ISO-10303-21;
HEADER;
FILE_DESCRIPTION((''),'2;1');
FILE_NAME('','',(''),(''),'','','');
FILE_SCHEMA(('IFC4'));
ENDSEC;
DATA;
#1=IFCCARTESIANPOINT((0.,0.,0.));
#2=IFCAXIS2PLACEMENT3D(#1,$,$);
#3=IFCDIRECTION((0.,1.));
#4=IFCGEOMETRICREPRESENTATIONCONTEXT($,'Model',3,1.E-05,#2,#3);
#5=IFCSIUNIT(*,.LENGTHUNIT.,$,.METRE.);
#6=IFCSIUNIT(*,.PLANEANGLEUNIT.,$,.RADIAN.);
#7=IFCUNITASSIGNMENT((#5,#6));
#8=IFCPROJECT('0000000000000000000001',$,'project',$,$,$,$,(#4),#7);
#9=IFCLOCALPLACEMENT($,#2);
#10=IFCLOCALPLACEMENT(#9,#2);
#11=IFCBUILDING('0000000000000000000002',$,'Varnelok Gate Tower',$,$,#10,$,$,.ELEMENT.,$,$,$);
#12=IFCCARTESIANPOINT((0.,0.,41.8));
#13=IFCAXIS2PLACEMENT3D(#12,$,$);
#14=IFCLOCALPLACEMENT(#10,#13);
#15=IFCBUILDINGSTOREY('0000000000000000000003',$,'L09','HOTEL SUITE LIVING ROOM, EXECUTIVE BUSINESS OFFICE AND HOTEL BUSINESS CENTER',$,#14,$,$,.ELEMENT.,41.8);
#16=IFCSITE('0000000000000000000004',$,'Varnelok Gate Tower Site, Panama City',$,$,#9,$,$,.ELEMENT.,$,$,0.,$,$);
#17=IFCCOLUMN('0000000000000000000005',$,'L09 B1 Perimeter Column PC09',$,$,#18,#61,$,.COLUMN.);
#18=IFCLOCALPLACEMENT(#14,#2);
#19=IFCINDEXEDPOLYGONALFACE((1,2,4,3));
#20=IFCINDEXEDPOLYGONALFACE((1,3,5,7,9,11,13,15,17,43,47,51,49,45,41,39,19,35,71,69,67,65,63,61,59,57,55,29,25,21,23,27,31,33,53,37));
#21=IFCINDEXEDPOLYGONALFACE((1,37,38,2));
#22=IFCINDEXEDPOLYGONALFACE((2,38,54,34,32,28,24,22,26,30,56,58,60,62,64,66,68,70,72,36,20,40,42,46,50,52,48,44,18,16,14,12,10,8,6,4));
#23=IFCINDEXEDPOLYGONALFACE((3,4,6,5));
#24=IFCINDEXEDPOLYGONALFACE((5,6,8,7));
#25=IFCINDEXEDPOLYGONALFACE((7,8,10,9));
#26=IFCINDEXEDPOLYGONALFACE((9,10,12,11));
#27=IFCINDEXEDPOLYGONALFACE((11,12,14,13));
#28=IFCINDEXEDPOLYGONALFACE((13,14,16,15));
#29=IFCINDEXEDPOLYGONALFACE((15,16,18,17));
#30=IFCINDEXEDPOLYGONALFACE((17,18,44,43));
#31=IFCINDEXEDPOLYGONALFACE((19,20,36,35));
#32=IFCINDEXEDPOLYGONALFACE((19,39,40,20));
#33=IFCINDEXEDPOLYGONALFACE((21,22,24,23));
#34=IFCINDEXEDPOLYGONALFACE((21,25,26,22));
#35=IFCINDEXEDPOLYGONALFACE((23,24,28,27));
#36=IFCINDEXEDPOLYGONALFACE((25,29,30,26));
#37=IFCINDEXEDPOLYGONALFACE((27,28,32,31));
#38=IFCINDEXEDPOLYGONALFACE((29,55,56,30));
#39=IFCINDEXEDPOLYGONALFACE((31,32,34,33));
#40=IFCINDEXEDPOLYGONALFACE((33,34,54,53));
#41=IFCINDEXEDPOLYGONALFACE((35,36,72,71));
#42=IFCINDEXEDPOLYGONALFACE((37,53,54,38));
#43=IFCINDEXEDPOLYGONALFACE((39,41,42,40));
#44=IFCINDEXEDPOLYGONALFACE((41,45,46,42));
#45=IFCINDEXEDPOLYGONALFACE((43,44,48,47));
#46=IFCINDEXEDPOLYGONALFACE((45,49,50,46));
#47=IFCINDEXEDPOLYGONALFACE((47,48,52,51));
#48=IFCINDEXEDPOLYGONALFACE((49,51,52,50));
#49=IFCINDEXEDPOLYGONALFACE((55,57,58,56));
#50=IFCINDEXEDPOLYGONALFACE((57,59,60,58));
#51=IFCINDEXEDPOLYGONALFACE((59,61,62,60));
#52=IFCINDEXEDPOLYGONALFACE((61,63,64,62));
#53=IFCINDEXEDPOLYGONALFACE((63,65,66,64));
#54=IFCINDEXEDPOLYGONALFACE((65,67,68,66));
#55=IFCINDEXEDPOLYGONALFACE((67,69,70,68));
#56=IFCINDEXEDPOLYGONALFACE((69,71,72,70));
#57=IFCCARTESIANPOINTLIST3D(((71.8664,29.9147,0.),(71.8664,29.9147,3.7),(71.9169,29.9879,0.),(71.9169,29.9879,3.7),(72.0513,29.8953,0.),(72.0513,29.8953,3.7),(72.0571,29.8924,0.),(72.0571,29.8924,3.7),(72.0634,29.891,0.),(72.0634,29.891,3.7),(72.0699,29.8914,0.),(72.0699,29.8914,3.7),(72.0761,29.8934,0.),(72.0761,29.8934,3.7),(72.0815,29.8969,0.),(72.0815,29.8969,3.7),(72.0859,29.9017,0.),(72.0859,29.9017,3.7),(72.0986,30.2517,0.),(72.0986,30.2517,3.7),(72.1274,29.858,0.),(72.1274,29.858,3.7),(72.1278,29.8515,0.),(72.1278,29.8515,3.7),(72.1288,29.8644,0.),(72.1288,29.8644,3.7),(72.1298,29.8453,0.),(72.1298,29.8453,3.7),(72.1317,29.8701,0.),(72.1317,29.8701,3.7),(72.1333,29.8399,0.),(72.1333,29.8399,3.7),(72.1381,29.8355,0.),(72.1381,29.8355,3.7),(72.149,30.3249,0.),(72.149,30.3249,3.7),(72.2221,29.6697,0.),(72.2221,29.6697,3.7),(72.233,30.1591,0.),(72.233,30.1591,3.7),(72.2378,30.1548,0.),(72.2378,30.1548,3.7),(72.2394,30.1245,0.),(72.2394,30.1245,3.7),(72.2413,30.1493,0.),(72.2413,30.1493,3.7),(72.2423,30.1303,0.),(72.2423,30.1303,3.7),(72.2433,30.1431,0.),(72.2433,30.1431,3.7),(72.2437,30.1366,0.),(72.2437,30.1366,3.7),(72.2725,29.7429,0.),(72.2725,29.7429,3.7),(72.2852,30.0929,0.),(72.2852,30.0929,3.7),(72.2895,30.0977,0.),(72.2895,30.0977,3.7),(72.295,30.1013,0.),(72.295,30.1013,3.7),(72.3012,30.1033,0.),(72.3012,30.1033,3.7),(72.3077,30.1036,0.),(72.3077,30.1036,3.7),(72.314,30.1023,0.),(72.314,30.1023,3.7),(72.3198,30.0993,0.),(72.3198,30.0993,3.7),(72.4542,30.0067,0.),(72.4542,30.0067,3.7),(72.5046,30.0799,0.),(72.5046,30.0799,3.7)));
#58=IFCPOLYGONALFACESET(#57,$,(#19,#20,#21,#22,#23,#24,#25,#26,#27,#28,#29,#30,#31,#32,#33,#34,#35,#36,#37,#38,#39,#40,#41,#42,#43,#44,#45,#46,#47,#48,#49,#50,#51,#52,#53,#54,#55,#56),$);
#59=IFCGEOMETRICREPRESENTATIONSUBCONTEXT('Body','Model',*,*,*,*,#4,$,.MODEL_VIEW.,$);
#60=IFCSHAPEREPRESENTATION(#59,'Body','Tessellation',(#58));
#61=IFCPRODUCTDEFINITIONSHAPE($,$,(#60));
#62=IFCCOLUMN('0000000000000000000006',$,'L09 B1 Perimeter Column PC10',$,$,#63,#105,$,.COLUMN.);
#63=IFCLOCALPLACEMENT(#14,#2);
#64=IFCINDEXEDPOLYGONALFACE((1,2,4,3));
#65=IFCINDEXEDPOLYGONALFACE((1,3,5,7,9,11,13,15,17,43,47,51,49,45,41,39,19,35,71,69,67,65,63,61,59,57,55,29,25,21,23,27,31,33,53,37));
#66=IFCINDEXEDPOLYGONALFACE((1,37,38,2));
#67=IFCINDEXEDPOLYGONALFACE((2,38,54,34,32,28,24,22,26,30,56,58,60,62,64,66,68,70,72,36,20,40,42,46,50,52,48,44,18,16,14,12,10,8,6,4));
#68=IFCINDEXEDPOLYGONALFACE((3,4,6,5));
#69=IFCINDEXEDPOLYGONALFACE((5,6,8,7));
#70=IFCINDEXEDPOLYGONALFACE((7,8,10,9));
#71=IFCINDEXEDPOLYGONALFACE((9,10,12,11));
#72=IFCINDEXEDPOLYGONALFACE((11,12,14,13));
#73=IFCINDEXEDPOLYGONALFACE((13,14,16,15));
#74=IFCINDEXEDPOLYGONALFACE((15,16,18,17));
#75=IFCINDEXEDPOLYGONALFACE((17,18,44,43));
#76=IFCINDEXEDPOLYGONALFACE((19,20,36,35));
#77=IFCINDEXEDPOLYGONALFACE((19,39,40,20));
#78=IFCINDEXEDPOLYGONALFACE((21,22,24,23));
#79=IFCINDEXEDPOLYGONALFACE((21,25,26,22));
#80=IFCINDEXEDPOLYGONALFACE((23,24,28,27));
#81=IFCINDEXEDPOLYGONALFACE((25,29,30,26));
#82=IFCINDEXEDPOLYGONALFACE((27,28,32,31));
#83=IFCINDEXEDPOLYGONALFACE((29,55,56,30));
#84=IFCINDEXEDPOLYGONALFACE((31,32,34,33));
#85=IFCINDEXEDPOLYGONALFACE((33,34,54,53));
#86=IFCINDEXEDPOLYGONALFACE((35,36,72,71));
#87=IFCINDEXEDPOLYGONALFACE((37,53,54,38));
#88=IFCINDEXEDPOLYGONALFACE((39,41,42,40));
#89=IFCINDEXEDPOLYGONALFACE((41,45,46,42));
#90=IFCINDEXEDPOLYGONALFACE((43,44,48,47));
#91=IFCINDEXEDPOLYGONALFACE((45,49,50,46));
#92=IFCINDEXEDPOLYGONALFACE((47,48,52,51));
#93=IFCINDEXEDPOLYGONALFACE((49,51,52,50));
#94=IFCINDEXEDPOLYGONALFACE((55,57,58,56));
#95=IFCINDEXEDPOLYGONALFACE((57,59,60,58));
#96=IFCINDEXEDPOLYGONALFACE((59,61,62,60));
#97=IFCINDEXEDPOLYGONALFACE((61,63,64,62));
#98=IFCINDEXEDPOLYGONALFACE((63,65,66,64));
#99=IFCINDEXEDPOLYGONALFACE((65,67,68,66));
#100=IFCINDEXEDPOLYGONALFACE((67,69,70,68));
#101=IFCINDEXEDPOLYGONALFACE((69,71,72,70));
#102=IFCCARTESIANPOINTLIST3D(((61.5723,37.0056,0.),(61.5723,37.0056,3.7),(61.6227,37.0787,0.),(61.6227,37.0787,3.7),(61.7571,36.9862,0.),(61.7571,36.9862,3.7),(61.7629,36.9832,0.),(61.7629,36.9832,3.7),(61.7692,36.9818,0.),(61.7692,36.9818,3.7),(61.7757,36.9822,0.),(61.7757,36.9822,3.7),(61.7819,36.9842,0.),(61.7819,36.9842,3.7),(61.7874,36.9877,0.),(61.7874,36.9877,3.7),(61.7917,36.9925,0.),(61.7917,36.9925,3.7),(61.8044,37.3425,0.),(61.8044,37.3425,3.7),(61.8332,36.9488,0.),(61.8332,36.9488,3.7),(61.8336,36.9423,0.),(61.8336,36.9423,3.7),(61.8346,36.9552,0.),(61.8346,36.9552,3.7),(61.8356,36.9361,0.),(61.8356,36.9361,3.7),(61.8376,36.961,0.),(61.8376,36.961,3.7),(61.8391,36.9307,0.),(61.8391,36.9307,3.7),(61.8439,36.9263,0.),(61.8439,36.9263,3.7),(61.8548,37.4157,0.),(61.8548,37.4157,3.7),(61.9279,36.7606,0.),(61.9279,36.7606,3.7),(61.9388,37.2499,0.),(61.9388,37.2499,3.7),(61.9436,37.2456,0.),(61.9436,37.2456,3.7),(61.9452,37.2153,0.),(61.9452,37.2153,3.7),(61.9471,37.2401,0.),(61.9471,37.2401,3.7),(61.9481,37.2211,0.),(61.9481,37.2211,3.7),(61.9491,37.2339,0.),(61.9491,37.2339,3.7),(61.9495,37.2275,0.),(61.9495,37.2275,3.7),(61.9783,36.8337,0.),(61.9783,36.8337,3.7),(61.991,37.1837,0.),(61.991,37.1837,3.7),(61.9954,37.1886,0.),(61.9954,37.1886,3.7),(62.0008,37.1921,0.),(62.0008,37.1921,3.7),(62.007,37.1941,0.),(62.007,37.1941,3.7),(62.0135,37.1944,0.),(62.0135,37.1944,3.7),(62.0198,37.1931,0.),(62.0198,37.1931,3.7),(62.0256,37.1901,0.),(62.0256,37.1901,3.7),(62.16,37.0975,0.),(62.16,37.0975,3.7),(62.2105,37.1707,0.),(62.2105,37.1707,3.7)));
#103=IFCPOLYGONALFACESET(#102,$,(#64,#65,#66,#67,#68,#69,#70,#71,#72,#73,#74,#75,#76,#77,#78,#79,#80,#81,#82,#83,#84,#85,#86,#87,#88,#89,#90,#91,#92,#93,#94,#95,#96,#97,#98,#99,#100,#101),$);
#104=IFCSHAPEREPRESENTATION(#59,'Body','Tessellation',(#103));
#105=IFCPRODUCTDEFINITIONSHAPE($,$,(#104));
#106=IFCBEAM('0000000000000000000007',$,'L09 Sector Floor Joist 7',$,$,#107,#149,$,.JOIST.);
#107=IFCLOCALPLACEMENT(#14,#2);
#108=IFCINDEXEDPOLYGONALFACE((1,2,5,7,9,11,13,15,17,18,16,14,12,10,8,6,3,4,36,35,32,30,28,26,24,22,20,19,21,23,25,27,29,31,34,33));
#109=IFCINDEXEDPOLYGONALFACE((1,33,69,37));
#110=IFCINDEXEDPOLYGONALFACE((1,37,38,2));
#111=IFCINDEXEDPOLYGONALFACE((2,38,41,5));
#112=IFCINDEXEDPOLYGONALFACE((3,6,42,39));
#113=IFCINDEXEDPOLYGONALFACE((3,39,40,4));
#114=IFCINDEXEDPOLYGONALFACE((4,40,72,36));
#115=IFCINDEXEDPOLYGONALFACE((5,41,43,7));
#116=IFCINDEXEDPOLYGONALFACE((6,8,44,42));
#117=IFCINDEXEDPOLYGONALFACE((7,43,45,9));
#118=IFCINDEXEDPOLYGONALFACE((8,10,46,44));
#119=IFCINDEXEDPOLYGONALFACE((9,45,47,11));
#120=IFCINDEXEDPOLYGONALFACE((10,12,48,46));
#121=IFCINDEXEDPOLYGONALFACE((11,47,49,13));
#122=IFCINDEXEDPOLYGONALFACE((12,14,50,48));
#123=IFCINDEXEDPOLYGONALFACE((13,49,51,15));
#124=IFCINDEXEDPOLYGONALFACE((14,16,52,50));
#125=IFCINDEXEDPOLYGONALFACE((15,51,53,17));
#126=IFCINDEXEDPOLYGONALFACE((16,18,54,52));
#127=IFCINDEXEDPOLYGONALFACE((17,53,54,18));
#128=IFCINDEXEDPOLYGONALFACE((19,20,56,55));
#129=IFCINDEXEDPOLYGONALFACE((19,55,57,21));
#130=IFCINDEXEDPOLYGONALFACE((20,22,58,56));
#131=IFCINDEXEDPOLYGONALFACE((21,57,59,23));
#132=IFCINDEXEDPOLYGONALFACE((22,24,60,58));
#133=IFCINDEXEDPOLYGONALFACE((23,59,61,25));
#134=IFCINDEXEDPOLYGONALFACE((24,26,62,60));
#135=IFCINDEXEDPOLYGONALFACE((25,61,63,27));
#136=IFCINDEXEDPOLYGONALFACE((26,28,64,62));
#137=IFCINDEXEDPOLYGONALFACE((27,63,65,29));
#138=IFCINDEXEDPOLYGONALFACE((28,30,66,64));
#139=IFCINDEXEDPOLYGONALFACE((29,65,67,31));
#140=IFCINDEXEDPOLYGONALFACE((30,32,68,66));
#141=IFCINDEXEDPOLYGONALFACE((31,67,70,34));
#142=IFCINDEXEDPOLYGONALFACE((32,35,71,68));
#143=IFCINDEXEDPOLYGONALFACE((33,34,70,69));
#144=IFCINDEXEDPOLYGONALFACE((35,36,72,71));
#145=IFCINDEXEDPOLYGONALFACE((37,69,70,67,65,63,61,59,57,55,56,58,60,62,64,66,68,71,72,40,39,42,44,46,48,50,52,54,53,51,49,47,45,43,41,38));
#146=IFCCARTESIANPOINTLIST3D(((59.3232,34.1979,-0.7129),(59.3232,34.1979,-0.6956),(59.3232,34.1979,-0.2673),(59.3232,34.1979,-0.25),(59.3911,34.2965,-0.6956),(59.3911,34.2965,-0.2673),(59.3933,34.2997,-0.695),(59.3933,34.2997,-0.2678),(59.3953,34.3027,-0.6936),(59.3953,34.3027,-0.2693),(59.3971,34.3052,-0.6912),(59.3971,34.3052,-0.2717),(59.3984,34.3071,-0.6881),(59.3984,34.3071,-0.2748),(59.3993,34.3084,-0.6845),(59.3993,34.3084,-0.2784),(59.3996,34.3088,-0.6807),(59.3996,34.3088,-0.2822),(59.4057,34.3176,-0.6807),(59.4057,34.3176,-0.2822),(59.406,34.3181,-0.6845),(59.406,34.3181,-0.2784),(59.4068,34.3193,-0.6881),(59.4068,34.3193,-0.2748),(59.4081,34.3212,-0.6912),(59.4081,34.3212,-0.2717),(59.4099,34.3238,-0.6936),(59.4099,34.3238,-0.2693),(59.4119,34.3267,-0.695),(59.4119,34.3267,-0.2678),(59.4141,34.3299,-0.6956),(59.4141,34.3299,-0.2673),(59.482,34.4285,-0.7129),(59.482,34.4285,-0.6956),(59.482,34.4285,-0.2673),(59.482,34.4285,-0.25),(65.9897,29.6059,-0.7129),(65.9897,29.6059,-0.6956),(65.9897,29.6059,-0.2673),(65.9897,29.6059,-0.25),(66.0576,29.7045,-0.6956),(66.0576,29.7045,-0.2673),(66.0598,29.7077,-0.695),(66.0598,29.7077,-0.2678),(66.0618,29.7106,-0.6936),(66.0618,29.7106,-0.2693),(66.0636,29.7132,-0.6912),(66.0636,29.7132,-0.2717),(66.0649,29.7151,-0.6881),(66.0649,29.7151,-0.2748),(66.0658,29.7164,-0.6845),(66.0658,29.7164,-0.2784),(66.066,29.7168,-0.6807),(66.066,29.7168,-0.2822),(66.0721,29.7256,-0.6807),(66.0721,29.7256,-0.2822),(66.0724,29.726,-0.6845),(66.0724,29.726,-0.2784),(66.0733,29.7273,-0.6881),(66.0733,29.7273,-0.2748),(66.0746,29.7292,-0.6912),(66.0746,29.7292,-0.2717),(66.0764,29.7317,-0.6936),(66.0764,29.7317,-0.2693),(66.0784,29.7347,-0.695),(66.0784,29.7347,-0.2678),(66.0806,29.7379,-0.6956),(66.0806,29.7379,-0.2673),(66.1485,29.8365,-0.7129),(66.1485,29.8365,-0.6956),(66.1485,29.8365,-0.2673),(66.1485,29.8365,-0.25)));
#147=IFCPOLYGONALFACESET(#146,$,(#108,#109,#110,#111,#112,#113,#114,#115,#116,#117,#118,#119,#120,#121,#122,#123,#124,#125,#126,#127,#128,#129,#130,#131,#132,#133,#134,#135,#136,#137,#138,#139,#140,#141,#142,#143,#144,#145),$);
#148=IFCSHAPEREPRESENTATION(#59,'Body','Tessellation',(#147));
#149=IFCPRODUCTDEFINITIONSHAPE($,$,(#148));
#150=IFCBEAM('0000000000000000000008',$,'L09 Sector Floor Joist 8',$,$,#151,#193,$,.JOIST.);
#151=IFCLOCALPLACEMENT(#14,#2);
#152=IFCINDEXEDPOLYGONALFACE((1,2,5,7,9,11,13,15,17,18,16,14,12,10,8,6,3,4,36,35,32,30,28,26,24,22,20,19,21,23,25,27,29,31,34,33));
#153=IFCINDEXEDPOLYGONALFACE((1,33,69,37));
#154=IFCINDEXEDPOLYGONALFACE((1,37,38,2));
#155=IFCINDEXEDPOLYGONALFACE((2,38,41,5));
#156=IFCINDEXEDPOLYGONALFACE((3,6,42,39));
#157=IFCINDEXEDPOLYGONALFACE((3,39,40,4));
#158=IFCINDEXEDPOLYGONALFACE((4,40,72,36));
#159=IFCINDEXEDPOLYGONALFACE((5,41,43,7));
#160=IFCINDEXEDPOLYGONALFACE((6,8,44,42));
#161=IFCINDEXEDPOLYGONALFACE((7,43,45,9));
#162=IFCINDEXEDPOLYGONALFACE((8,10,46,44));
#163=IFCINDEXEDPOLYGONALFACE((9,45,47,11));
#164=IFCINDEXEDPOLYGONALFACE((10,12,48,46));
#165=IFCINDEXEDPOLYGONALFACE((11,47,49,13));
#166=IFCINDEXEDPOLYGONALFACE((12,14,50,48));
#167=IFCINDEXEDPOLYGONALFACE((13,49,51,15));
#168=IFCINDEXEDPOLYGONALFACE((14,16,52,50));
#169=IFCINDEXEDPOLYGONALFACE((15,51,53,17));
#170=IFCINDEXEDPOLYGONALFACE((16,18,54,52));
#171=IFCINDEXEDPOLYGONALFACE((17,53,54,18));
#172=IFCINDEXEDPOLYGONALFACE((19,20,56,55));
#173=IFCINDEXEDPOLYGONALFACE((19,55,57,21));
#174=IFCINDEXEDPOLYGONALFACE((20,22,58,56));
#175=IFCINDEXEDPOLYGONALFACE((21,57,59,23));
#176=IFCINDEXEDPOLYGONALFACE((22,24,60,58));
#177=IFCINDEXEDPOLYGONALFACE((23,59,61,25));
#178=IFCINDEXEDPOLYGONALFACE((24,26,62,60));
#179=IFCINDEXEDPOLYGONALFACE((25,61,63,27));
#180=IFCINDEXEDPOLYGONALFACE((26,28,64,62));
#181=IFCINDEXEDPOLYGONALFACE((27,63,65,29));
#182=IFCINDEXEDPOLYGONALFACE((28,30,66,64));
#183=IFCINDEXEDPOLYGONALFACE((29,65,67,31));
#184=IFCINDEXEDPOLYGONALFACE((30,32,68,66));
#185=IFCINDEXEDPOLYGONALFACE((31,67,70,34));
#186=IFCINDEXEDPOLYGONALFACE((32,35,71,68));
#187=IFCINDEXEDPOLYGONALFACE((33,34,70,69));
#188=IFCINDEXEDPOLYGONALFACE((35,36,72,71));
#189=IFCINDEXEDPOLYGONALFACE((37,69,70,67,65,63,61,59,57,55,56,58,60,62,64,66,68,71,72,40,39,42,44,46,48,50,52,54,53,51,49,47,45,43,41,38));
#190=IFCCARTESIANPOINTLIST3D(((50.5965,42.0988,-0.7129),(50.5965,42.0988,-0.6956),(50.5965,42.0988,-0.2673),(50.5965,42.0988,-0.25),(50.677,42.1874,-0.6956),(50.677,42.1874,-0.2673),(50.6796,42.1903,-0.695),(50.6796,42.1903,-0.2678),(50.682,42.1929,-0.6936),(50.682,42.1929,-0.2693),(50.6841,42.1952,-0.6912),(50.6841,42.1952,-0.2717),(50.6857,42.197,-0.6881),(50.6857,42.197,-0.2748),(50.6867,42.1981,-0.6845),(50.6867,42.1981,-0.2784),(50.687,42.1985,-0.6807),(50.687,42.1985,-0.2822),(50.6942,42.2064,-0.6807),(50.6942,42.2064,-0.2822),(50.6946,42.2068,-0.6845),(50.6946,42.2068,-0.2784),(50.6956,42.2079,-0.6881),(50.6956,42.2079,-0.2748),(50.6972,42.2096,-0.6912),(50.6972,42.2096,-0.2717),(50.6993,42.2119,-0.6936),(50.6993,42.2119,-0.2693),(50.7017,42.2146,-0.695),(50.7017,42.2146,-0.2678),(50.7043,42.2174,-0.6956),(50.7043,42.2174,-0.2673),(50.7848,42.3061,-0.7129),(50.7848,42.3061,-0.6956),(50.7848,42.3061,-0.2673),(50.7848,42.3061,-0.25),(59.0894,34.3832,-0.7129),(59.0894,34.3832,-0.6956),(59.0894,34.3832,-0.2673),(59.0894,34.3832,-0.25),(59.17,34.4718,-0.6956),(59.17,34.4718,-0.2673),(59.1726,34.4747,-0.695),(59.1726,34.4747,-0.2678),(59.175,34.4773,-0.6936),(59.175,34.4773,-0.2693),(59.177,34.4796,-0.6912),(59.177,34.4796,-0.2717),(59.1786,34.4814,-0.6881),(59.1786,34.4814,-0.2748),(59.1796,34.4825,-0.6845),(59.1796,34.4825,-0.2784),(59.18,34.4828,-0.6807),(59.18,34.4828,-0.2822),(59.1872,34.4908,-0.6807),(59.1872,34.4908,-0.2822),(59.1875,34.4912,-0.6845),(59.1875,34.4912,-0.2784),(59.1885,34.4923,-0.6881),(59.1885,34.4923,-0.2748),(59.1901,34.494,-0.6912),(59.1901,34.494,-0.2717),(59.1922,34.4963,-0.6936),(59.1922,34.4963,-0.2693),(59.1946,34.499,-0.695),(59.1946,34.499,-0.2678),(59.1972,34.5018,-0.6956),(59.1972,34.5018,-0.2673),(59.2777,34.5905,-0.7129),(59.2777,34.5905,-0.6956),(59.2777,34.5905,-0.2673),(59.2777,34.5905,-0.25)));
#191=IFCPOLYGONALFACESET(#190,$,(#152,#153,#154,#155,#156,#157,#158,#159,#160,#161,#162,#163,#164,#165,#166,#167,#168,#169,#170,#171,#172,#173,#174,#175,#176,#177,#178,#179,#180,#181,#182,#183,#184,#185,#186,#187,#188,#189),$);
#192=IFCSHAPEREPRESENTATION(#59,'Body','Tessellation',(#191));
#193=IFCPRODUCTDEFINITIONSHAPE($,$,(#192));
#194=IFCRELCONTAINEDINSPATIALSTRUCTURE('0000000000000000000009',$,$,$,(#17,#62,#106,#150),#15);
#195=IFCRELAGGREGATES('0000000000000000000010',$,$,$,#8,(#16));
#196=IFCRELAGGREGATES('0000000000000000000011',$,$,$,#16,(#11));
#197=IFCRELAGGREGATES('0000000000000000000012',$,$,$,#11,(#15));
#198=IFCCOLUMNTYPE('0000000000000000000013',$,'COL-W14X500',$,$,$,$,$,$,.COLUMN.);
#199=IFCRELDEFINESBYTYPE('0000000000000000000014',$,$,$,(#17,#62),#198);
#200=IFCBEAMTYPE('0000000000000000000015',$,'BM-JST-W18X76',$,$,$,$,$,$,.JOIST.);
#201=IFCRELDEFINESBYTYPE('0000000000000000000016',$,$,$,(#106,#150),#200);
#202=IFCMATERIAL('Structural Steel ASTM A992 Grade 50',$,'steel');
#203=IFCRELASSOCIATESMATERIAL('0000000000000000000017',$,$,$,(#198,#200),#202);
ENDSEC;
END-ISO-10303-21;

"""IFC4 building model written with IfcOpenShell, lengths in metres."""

from ifc_helpers import new_model, si_unit, direction, frame, origin, origin_2d, place, context, subcontext, project, spatial, i_section, extrude, material, material_profile, profile_set, type_object, element, save


model = new_model("IFC4")

# Units and contexts
model_context = context("Model", 3, precision=1e-05, world=origin(), true_north=direction((0.0, 1.0)))
body_context = subcontext(model_context, "Body", "Model", "MODEL_VIEW")
ifc_project = project(units=[si_unit("LENGTHUNIT", "METRE"), si_unit("PLANEANGLEUNIT", "RADIAN")], contexts=[model_context])

# Site, building, storey
site_placement = place(None, origin())
site = spatial("IfcSite", under=ifc_project, at=site_placement, Name="Varnelok Gate Tower Site, Panama City", CompositionType="ELEMENT", RefElevation=0.0)
building_placement = place(site_placement, origin())
building = spatial("IfcBuilding", under=site, at=building_placement, Name="Varnelok Gate Tower", CompositionType="ELEMENT")
storey_placement = place(building_placement, frame((0.0, 0.0, 41.8)))
storey = spatial("IfcBuildingStorey", under=building, at=storey_placement, Name="L09", Description="HOTEL SUITE LIVING ROOM, EXECUTIVE BUSINESS OFFICE AND HOTEL BUSINESS CENTER", CompositionType="ELEMENT", Elevation=41.8)

# Columns
ifc_material_1 = material(Name="Structural Steel ASTM A992 Grade 50", Category="steel")
ifc_material_profile_1 = material_profile(ifc_material_1, i_section(OverallWidth=0.4319, OverallDepth=0.498, WebThickness=0.0557, FlangeThickness=0.0889, FilletRadius=0.0249, at=origin_2d()), Name="W14X500")
ifc_profile_set_1 = profile_set([ifc_material_profile_1], Name="Structural Steel ASTM A992 Grade 50")
column_type = type_object("IfcColumnType", Name="COL-W14X500", PredefinedType="COLUMN", material=ifc_profile_set_1)
for number, where, z_axis, x_axis, name in (
    (1, (72.1855, 29.9973, 0.0), (0.0, 0.0, 1.0), (0.823533, -0.567269, 0.0), "L09 B1 Perimeter Column PC09"),
    (2, (61.8914, 37.0881, 0.0), (0.0, 0.0, 1.0), (0.823533, -0.567269, 0.0), "L09 B1 Perimeter Column PC10"),
):
    element("IfcColumn", number, at=place(storey_placement, frame(where, z_axis=z_axis, x_axis=x_axis)), inside=storey, type_object=column_type, Name=name, PredefinedType="COLUMN", context=body_context, shape_type="SweptSolid", body=[
        extrude(i_section(OverallWidth=0.4319, OverallDepth=0.498, WebThickness=0.0557, FlangeThickness=0.0889, FilletRadius=0.0249, at=origin_2d()), origin(), (0.0, 0.0, 1.0), 3.7),
    ])

# Beams
ifc_material_profile_2 = material_profile(ifc_material_1, i_section(OverallWidth=0.28, OverallDepth=0.4629, WebThickness=0.0107, FlangeThickness=0.0173, FilletRadius=0.0149, at=origin_2d()), Name="W18X76")
ifc_profile_set_2 = profile_set([ifc_material_profile_2], Name="Structural Steel ASTM A992 Grade 50")
beam_type_1 = type_object("IfcBeamType", Name="BM-JST-W18X76", PredefinedType="JOIST", material=ifc_profile_set_2)
beam_1_placement = place(storey_placement, frame((66.0691, 29.7212, -0.4814), z_axis=(-0.823533, 0.567268, 0.0), x_axis=(-0.567268, -0.823533, 0.0)))
element("IfcBeam", 3, at=beam_1_placement, inside=storey, type_object=beam_type_1, Name="L09 Sector Floor Joist 7", PredefinedType="JOIST", context=body_context, shape_type="SweptSolid", body=[
    extrude(i_section(OverallWidth=0.28, OverallDepth=0.4629, WebThickness=0.0107, FlangeThickness=0.0173, FilletRadius=0.0149, at=origin_2d()), origin(), (0.0, 0.0, 1.0), 8.095),
])
beam_2_placement = place(storey_placement, frame((59.1836, 34.4868, -0.4814), z_axis=(-0.740168, 0.672422, 0.0), x_axis=(-0.672422, -0.740168, 0.0)))
element("IfcBeam", 4, at=beam_2_placement, inside=storey, type_object=beam_type_1, Name="L09 Sector Floor Joist 8", PredefinedType="JOIST", context=body_context, shape_type="SweptSolid", body=[
    extrude(i_section(OverallWidth=0.28, OverallDepth=0.4629, WebThickness=0.0107, FlangeThickness=0.0173, FilletRadius=0.0149, at=origin_2d()), origin(), (0.0, 0.0, 1.0), 11.4744),
])

save(model, "model.ifc")
